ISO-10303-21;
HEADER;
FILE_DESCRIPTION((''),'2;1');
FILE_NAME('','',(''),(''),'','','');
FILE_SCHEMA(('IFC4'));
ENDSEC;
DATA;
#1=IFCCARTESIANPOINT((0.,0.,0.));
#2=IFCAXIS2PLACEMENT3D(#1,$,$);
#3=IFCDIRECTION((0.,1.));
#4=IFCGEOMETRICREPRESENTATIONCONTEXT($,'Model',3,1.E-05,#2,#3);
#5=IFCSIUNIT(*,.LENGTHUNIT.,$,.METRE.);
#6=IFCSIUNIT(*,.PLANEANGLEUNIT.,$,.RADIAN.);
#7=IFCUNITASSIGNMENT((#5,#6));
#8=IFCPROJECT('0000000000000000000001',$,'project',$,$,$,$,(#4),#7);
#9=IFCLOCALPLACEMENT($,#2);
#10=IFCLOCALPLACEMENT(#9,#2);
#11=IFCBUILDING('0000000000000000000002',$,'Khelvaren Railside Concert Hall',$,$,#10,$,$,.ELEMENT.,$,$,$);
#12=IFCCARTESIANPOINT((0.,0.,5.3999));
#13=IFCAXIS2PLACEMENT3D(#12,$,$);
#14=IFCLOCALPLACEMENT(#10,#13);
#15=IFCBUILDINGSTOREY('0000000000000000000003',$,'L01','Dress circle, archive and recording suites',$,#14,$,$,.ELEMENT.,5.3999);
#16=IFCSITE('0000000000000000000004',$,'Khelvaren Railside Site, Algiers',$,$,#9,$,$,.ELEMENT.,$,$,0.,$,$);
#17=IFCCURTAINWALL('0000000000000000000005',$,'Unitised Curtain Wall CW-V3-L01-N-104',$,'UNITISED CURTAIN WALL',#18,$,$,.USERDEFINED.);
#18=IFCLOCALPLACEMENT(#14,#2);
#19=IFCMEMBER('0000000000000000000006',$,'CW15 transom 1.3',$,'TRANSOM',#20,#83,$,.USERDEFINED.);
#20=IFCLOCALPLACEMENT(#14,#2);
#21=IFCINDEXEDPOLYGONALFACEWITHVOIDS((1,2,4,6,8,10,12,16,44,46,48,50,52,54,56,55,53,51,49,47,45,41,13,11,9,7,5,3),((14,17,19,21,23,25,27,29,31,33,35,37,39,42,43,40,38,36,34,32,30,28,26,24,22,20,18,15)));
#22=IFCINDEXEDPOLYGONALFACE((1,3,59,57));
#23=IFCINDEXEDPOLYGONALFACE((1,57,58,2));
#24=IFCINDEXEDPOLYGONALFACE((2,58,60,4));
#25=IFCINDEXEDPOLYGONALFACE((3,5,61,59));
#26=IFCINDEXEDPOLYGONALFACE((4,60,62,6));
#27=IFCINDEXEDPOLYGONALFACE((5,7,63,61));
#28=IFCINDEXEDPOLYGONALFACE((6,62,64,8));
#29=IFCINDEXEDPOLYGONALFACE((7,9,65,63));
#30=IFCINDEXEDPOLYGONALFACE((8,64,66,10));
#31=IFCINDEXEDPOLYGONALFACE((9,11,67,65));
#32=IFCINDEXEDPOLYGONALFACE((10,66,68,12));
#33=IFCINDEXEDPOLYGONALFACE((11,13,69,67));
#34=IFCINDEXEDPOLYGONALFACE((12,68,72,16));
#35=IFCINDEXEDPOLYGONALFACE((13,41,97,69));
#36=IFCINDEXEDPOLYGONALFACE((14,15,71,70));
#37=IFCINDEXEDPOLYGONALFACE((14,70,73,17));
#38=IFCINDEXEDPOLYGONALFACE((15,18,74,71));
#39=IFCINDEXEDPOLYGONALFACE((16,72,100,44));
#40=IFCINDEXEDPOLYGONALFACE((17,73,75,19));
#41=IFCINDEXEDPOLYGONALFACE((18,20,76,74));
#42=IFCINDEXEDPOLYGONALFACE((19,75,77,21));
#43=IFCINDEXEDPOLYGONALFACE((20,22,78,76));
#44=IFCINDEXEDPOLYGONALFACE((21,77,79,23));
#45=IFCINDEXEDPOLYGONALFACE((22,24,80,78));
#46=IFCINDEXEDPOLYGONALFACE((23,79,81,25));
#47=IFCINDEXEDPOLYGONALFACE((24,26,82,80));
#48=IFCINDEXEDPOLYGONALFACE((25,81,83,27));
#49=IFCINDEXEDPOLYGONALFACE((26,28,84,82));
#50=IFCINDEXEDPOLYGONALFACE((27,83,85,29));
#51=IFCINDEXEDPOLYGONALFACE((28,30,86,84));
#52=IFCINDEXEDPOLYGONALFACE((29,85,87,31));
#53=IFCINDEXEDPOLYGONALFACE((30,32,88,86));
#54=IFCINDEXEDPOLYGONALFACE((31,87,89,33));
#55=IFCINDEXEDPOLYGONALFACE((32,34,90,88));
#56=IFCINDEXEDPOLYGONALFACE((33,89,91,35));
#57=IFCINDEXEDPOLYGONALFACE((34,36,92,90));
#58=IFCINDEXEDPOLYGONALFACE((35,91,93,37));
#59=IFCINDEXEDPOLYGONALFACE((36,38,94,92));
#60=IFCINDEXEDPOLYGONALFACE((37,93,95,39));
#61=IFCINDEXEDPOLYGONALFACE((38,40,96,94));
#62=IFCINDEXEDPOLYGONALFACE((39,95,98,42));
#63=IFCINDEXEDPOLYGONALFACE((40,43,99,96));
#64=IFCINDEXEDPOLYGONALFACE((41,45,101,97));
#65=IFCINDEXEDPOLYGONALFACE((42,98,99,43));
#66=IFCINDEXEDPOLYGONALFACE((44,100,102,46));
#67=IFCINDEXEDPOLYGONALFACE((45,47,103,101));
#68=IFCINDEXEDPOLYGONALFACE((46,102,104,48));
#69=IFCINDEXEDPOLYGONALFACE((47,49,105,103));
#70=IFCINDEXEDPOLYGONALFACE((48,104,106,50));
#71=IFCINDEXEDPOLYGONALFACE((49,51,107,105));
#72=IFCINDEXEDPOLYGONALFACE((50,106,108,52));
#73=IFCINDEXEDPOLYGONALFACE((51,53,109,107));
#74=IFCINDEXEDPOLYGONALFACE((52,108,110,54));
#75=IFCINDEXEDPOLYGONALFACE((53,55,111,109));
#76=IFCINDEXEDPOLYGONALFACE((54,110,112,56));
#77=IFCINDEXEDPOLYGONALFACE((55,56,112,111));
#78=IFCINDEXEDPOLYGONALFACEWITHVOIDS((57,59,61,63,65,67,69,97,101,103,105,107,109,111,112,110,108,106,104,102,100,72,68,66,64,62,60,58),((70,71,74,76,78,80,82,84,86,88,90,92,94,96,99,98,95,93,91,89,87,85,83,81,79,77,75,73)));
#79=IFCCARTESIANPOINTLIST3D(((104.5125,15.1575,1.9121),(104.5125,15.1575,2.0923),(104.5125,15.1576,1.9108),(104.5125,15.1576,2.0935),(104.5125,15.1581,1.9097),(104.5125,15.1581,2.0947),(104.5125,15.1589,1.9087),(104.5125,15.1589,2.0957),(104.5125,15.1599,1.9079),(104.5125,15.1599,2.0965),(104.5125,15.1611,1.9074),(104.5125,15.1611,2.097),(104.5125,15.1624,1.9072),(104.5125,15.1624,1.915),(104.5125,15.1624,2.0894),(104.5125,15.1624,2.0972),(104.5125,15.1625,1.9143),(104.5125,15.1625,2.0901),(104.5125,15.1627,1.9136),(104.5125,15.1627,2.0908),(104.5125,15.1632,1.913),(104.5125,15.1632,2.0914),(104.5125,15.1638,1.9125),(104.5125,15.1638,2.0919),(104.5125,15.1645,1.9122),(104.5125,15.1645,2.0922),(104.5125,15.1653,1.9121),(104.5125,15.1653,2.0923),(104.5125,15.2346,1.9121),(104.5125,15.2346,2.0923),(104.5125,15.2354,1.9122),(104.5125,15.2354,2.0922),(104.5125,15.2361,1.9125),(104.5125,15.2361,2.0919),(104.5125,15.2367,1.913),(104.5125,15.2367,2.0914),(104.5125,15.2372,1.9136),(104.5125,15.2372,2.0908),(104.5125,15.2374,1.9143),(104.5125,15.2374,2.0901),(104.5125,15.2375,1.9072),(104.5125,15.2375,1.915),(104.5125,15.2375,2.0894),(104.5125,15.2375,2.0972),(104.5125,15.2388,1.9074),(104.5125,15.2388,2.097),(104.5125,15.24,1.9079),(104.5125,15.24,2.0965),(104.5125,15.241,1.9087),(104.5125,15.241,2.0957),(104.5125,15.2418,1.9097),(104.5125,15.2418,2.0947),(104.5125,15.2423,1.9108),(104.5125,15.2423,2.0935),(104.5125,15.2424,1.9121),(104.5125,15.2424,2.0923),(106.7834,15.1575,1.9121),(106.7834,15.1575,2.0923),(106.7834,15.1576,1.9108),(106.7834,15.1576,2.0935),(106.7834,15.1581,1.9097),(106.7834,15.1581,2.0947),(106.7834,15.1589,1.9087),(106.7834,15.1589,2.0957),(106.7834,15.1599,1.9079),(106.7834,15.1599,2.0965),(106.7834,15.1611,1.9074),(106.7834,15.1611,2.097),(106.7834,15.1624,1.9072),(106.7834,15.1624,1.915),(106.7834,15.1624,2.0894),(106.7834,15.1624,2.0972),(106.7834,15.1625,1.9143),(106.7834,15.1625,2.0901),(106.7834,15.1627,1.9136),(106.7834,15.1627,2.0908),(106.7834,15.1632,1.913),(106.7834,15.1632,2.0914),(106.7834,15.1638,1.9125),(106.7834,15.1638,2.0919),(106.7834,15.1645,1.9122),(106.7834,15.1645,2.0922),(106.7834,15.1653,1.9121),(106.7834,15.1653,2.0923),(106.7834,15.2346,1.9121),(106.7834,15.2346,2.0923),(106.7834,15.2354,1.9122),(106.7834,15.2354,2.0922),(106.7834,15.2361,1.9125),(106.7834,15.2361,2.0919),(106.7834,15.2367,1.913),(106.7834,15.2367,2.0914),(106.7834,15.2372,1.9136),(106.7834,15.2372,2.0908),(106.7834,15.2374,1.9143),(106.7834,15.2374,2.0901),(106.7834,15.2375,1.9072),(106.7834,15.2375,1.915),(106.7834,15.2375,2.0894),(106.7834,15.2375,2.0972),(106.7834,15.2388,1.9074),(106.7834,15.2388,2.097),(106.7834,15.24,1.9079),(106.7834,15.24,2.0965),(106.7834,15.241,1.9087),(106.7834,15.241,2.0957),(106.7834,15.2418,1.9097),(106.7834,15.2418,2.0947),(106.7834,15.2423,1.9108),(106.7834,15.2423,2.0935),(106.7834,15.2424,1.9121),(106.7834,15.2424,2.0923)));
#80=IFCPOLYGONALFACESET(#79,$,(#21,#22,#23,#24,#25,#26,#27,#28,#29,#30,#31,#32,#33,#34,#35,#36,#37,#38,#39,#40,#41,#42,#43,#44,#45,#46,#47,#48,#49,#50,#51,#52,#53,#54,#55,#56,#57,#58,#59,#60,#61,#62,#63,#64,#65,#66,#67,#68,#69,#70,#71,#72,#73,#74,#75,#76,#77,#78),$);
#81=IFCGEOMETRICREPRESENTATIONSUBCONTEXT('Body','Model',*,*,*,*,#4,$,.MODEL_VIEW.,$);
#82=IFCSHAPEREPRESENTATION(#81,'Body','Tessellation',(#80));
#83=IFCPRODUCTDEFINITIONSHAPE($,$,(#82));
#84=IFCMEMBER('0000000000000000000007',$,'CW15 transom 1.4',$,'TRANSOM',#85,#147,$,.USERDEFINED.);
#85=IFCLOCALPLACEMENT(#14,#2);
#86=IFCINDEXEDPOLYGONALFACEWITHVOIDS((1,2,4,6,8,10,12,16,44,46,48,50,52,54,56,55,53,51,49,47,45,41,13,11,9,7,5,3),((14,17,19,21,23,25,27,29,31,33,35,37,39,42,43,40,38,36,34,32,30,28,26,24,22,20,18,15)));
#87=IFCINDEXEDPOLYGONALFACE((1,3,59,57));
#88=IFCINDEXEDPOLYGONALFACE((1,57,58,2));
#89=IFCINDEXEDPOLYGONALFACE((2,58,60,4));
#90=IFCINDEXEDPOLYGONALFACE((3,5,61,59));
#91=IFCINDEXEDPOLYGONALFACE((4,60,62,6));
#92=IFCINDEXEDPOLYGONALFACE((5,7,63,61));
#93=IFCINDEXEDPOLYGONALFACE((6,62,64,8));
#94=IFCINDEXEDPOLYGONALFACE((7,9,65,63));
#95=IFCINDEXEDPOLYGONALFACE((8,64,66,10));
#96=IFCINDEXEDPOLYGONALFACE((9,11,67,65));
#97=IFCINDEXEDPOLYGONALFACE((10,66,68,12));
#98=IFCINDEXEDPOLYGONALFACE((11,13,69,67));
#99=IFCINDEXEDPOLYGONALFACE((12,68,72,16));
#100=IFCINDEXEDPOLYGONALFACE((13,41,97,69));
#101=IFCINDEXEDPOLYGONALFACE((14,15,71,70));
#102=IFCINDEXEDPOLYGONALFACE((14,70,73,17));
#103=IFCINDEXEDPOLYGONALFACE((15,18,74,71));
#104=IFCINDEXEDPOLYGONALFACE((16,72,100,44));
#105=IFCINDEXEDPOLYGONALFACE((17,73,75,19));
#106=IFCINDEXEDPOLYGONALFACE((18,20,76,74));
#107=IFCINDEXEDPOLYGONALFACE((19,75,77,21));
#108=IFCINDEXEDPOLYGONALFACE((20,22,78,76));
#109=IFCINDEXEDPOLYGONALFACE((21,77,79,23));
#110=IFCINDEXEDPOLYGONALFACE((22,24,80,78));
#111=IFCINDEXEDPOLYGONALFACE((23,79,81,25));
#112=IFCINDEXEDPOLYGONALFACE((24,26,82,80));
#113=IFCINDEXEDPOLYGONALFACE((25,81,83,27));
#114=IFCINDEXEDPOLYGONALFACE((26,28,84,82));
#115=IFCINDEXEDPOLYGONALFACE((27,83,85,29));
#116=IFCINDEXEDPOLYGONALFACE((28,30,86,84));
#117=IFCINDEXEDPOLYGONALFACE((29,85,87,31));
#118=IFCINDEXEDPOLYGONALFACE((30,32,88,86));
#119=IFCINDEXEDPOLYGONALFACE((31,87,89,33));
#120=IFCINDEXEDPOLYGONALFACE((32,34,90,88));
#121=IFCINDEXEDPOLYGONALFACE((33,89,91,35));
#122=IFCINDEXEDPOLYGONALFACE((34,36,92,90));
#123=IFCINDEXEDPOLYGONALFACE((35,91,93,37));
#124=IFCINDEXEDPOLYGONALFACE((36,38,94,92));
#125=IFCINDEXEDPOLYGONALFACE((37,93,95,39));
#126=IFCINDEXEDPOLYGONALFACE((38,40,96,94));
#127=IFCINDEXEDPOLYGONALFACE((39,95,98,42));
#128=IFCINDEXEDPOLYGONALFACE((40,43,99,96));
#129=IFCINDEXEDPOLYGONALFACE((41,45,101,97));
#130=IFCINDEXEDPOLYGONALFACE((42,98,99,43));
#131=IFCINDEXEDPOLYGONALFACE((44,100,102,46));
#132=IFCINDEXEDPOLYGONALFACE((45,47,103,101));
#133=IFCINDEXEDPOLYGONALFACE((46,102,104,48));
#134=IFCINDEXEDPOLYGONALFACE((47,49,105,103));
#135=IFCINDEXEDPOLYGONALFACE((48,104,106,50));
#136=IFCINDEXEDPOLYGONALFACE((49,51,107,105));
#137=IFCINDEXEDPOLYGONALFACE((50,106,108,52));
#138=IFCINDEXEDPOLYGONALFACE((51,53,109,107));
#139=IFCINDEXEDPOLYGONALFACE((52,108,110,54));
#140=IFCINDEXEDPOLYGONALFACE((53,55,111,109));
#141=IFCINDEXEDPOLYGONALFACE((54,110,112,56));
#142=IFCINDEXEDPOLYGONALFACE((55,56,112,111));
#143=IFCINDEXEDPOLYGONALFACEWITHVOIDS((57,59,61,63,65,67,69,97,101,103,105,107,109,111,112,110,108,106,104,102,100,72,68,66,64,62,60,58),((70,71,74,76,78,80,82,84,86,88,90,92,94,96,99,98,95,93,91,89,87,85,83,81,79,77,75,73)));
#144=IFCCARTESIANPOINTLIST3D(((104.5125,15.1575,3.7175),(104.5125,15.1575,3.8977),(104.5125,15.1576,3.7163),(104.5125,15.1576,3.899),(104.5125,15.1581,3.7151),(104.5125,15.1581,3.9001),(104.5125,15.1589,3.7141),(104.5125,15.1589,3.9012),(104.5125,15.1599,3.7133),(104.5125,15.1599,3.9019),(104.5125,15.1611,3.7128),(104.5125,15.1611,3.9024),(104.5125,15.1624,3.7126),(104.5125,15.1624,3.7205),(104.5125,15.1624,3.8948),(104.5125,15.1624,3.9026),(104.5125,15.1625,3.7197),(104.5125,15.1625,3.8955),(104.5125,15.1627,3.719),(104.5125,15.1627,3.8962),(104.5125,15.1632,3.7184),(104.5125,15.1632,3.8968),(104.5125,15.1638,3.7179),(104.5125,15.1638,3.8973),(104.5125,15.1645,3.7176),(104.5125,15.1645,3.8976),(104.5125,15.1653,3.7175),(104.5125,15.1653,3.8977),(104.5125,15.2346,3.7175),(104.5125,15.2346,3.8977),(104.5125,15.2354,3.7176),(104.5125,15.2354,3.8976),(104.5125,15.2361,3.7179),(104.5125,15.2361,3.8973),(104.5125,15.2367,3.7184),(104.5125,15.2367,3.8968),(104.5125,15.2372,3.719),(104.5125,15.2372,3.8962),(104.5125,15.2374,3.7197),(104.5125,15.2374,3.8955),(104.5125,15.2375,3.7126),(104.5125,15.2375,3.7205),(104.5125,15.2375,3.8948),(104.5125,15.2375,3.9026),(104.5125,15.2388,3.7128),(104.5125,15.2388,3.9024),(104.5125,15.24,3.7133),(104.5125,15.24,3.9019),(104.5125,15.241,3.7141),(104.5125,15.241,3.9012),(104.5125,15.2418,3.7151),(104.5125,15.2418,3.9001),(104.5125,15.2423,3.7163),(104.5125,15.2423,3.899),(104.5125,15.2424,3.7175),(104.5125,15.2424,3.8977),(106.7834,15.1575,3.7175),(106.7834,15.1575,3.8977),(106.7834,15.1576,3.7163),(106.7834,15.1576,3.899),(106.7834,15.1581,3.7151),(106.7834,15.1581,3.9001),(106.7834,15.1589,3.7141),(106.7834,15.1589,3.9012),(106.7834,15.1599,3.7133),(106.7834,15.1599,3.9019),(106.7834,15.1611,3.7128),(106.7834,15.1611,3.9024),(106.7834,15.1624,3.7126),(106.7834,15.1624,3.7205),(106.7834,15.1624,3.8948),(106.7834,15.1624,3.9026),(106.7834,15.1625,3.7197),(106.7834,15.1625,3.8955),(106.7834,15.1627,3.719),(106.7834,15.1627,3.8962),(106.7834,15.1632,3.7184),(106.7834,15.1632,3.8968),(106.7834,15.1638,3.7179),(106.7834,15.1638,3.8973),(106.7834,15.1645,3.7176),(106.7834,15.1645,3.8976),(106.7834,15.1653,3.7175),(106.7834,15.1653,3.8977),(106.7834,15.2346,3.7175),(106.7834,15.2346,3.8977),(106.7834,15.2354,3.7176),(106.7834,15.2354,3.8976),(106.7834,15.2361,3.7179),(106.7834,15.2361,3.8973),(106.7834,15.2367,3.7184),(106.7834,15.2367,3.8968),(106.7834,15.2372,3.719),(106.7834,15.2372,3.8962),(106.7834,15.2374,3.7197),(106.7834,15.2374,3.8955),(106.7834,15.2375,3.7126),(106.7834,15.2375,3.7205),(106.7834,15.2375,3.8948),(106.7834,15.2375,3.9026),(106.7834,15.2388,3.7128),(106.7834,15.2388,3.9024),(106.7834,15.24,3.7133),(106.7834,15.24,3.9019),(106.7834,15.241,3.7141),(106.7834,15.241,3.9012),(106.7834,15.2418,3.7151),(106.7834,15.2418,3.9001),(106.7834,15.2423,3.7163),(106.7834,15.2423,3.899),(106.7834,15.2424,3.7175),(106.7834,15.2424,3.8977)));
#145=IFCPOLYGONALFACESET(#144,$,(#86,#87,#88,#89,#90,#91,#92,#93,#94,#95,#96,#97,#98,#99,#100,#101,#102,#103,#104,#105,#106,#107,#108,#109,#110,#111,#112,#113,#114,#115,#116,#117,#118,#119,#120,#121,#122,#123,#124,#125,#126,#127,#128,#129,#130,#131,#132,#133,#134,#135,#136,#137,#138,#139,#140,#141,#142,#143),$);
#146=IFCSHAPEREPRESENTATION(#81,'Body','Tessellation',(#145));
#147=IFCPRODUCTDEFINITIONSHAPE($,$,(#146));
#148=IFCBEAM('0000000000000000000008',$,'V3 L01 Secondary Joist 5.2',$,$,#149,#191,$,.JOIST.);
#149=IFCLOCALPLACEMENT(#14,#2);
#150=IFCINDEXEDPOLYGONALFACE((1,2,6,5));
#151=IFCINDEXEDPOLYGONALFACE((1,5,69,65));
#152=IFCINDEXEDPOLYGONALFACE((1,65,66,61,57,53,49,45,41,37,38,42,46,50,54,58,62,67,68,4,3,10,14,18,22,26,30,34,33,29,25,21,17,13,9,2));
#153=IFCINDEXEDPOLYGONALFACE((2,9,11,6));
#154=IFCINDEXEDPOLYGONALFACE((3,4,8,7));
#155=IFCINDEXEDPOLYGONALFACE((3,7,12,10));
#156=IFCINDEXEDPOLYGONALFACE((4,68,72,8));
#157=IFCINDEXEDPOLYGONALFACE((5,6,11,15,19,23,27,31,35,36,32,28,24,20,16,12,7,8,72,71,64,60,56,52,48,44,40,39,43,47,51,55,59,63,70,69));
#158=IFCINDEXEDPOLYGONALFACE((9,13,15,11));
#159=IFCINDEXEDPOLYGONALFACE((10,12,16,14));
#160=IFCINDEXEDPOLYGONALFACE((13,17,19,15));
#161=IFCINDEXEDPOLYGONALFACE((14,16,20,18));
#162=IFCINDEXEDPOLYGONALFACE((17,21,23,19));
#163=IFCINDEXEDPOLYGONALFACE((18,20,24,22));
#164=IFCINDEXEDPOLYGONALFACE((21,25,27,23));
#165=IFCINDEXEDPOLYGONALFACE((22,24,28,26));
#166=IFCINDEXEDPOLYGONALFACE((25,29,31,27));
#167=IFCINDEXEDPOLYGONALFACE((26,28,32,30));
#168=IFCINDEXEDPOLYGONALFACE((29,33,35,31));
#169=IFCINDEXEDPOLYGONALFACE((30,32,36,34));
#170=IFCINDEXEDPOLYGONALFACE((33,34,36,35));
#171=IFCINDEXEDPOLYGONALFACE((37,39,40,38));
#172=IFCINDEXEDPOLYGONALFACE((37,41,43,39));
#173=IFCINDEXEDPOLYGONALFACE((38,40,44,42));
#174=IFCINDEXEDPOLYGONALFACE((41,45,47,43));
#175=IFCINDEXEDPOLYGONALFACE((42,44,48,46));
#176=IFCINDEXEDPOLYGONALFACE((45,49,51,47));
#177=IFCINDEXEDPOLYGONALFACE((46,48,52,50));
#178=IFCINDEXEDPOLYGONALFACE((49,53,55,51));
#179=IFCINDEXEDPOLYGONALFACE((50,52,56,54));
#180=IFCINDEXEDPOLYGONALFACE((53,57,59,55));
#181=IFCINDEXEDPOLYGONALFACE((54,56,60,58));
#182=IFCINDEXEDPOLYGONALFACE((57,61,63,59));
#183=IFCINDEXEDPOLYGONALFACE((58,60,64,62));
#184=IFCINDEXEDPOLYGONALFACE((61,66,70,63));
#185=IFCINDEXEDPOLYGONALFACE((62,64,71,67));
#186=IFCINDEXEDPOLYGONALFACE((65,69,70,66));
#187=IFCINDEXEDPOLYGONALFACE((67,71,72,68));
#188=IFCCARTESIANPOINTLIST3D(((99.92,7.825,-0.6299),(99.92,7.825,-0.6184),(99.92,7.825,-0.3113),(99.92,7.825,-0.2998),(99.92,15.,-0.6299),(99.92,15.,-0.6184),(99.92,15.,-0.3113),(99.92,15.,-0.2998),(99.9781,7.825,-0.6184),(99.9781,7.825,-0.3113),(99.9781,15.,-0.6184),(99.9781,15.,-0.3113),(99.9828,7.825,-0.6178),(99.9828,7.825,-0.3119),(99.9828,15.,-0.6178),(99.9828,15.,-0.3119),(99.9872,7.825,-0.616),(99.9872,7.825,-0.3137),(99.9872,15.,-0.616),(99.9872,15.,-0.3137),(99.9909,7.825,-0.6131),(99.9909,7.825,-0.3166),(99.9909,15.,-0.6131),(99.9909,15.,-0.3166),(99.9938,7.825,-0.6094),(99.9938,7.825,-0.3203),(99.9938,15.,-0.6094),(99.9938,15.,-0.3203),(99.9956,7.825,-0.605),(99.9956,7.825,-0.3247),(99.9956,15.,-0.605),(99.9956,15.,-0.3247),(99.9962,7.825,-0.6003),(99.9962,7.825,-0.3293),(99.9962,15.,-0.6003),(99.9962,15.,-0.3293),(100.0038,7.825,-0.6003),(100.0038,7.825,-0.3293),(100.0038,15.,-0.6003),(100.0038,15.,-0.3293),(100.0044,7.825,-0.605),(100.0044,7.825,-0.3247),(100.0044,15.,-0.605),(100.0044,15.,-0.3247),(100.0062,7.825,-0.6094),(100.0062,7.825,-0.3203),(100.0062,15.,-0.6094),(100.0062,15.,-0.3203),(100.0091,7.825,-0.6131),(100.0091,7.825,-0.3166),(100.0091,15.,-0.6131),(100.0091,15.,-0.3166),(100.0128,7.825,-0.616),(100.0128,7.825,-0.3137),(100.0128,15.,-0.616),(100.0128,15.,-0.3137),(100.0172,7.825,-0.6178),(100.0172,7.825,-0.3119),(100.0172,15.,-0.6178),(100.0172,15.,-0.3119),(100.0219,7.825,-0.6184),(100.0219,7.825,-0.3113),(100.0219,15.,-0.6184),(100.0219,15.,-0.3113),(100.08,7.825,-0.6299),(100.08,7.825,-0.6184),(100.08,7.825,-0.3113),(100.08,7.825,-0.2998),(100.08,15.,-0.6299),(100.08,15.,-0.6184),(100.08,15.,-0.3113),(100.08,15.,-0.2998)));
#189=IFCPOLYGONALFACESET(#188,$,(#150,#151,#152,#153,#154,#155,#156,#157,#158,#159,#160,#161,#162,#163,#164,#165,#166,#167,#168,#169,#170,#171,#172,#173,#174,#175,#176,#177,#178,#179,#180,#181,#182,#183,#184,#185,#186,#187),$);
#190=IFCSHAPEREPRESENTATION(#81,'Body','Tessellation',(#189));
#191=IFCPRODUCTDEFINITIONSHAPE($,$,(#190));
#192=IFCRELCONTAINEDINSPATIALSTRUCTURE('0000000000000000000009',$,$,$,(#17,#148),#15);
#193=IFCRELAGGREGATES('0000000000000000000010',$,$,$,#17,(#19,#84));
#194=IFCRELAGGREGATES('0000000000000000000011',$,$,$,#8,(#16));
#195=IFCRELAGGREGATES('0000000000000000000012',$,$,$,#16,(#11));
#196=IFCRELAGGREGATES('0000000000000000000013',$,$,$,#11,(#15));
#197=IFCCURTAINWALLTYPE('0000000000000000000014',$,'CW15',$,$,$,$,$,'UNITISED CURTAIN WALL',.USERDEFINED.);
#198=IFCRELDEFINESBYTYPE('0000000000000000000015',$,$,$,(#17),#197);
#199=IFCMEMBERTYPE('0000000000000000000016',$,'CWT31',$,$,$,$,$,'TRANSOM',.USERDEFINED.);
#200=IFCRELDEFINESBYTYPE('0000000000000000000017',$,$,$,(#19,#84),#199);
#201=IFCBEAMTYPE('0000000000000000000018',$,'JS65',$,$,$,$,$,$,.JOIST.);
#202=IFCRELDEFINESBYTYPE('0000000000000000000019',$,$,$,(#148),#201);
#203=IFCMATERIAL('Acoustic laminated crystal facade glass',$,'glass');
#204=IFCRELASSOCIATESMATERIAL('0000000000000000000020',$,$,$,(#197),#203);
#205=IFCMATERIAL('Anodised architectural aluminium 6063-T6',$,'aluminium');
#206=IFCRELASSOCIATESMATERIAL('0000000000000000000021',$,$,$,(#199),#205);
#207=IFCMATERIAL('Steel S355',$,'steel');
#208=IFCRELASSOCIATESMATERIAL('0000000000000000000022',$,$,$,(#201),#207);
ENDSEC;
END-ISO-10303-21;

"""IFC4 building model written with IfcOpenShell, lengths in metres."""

from ifc_helpers import new_model, si_unit, direction, frame, origin, origin_2d, place, context, subcontext, project, spatial, hollow_rectangle, i_section, extrude, material, material_profile, profile_set, type_object, element, aggregate, save


model = new_model("IFC4")

# Units and contexts
model_context = context("Model", 3, precision=1e-05, world=origin(), true_north=direction((0.0, 1.0)))
body_context = subcontext(model_context, "Body", "Model", "MODEL_VIEW")
ifc_project = project(units=[si_unit("LENGTHUNIT", "METRE"), si_unit("PLANEANGLEUNIT", "RADIAN")], contexts=[model_context])

# Site, building, storey
site_placement = place(None, origin())
site = spatial("IfcSite", under=ifc_project, at=site_placement, Name="Khelvaren Railside Site, Algiers", CompositionType="ELEMENT", RefElevation=0.0)
building_placement = place(site_placement, origin())
building = spatial("IfcBuilding", under=site, at=building_placement, Name="Khelvaren Railside Concert Hall", CompositionType="ELEMENT")
storey_placement = place(building_placement, frame((0.0, 0.0, 5.3999)))
storey = spatial("IfcBuildingStorey", under=building, at=storey_placement, Name="L01", Description="Dress circle, archive and recording suites", CompositionType="ELEMENT", Elevation=5.3999)

# Shared definitions
ifc_material_1 = material(Name="Steel S355", Category="steel")

# Shared definitions
ifc_material_2 = material(Name="Acoustic laminated crystal facade glass", Category="glass")
ifc_material_3 = material(Name="Anodised architectural aluminium 6063-T6", Category="aluminium")

# Curtain wall
curtain_wall_type_1 = type_object("IfcCurtainWallType", Name="CW15", ElementType="UNITISED CURTAIN WALL", PredefinedType="USERDEFINED", material=ifc_material_2)
curtain_wall_1_placement = place(storey_placement, origin())
curtain_wall_1 = element("IfcCurtainWall", 1, at=curtain_wall_1_placement, inside=storey, type_object=curtain_wall_type_1, Name="Unitised Curtain Wall CW-V3-L01-N-104", ObjectType="UNITISED CURTAIN WALL", PredefinedType="USERDEFINED")

# Members
ifc_material_profile_1 = material_profile(ifc_material_3, hollow_rectangle(XDim=0.085, YDim=0.1899, WallThickness=0.0049, InnerFilletRadius=0.0029, OuterFilletRadius=0.0049, at=origin_2d()), Name="CWT 85x190x5")
ifc_profile_set_1 = profile_set([ifc_material_profile_1], Name="Anodised architectural aluminium 6063-T6")
member_type_1 = type_object("IfcMemberType", Name="CWT31", ElementType="TRANSOM", PredefinedType="USERDEFINED", material=ifc_profile_set_1)
member_1_placement = place(storey_placement, frame((104.5125, 15.2, 2.0022), z_axis=(1.0, 0.0, 0.0), x_axis=(0.0, 1.0, 0.0)))
member_1 = element("IfcMember", 2, at=member_1_placement, type_object=member_type_1, Name="CW15 transom 1.3", ObjectType="TRANSOM", PredefinedType="USERDEFINED", context=body_context, shape_type="SweptSolid", body=[
    extrude(hollow_rectangle(XDim=0.085, YDim=0.1899, WallThickness=0.0049, InnerFilletRadius=0.0029, OuterFilletRadius=0.0049, at=origin_2d()), origin(), (0.0, 0.0, 1.0), 2.271),
])
member_2_placement = place(storey_placement, frame((104.5125, 15.2, 3.8076), z_axis=(1.0, 0.0, 0.0), x_axis=(0.0, 1.0, 0.0)))
member_2 = element("IfcMember", 3, at=member_2_placement, type_object=member_type_1, Name="CW15 transom 1.4", ObjectType="TRANSOM", PredefinedType="USERDEFINED", context=body_context, shape_type="SweptSolid", body=[
    extrude(hollow_rectangle(XDim=0.085, YDim=0.1899, WallThickness=0.0049, InnerFilletRadius=0.0029, OuterFilletRadius=0.0049, at=origin_2d()), origin(), (0.0, 0.0, 1.0), 2.271),
])

# Beam
ifc_material_profile_2 = material_profile(ifc_material_1, i_section(OverallWidth=0.1599, OverallDepth=0.3301, WebThickness=0.0076, FlangeThickness=0.0115, FilletRadius=0.0181, at=origin_2d()), Name="IPE 330")
ifc_profile_set_2 = profile_set([ifc_material_profile_2], Name="Steel S355")
beam_type_1 = type_object("IfcBeamType", Name="JS65", PredefinedType="JOIST", material=ifc_profile_set_2)
beam_1_placement = place(storey_placement, frame((100.0, 7.825, -0.4648), z_axis=(0.0, 1.0, 0.0), x_axis=(-1.0, 0.0, 0.0)))
element("IfcBeam", 4, at=beam_1_placement, inside=storey, type_object=beam_type_1, Name="V3 L01 Secondary Joist 5.2", PredefinedType="JOIST", context=body_context, shape_type="SweptSolid", body=[
    extrude(i_section(OverallWidth=0.1599, OverallDepth=0.3301, WebThickness=0.0076, FlangeThickness=0.0115, FilletRadius=0.0181, at=origin_2d()), origin(), (0.0, 0.0, 1.0), 7.175),
])

aggregate(curtain_wall_1, [member_1, member_2])

save(model, "model.ifc")
